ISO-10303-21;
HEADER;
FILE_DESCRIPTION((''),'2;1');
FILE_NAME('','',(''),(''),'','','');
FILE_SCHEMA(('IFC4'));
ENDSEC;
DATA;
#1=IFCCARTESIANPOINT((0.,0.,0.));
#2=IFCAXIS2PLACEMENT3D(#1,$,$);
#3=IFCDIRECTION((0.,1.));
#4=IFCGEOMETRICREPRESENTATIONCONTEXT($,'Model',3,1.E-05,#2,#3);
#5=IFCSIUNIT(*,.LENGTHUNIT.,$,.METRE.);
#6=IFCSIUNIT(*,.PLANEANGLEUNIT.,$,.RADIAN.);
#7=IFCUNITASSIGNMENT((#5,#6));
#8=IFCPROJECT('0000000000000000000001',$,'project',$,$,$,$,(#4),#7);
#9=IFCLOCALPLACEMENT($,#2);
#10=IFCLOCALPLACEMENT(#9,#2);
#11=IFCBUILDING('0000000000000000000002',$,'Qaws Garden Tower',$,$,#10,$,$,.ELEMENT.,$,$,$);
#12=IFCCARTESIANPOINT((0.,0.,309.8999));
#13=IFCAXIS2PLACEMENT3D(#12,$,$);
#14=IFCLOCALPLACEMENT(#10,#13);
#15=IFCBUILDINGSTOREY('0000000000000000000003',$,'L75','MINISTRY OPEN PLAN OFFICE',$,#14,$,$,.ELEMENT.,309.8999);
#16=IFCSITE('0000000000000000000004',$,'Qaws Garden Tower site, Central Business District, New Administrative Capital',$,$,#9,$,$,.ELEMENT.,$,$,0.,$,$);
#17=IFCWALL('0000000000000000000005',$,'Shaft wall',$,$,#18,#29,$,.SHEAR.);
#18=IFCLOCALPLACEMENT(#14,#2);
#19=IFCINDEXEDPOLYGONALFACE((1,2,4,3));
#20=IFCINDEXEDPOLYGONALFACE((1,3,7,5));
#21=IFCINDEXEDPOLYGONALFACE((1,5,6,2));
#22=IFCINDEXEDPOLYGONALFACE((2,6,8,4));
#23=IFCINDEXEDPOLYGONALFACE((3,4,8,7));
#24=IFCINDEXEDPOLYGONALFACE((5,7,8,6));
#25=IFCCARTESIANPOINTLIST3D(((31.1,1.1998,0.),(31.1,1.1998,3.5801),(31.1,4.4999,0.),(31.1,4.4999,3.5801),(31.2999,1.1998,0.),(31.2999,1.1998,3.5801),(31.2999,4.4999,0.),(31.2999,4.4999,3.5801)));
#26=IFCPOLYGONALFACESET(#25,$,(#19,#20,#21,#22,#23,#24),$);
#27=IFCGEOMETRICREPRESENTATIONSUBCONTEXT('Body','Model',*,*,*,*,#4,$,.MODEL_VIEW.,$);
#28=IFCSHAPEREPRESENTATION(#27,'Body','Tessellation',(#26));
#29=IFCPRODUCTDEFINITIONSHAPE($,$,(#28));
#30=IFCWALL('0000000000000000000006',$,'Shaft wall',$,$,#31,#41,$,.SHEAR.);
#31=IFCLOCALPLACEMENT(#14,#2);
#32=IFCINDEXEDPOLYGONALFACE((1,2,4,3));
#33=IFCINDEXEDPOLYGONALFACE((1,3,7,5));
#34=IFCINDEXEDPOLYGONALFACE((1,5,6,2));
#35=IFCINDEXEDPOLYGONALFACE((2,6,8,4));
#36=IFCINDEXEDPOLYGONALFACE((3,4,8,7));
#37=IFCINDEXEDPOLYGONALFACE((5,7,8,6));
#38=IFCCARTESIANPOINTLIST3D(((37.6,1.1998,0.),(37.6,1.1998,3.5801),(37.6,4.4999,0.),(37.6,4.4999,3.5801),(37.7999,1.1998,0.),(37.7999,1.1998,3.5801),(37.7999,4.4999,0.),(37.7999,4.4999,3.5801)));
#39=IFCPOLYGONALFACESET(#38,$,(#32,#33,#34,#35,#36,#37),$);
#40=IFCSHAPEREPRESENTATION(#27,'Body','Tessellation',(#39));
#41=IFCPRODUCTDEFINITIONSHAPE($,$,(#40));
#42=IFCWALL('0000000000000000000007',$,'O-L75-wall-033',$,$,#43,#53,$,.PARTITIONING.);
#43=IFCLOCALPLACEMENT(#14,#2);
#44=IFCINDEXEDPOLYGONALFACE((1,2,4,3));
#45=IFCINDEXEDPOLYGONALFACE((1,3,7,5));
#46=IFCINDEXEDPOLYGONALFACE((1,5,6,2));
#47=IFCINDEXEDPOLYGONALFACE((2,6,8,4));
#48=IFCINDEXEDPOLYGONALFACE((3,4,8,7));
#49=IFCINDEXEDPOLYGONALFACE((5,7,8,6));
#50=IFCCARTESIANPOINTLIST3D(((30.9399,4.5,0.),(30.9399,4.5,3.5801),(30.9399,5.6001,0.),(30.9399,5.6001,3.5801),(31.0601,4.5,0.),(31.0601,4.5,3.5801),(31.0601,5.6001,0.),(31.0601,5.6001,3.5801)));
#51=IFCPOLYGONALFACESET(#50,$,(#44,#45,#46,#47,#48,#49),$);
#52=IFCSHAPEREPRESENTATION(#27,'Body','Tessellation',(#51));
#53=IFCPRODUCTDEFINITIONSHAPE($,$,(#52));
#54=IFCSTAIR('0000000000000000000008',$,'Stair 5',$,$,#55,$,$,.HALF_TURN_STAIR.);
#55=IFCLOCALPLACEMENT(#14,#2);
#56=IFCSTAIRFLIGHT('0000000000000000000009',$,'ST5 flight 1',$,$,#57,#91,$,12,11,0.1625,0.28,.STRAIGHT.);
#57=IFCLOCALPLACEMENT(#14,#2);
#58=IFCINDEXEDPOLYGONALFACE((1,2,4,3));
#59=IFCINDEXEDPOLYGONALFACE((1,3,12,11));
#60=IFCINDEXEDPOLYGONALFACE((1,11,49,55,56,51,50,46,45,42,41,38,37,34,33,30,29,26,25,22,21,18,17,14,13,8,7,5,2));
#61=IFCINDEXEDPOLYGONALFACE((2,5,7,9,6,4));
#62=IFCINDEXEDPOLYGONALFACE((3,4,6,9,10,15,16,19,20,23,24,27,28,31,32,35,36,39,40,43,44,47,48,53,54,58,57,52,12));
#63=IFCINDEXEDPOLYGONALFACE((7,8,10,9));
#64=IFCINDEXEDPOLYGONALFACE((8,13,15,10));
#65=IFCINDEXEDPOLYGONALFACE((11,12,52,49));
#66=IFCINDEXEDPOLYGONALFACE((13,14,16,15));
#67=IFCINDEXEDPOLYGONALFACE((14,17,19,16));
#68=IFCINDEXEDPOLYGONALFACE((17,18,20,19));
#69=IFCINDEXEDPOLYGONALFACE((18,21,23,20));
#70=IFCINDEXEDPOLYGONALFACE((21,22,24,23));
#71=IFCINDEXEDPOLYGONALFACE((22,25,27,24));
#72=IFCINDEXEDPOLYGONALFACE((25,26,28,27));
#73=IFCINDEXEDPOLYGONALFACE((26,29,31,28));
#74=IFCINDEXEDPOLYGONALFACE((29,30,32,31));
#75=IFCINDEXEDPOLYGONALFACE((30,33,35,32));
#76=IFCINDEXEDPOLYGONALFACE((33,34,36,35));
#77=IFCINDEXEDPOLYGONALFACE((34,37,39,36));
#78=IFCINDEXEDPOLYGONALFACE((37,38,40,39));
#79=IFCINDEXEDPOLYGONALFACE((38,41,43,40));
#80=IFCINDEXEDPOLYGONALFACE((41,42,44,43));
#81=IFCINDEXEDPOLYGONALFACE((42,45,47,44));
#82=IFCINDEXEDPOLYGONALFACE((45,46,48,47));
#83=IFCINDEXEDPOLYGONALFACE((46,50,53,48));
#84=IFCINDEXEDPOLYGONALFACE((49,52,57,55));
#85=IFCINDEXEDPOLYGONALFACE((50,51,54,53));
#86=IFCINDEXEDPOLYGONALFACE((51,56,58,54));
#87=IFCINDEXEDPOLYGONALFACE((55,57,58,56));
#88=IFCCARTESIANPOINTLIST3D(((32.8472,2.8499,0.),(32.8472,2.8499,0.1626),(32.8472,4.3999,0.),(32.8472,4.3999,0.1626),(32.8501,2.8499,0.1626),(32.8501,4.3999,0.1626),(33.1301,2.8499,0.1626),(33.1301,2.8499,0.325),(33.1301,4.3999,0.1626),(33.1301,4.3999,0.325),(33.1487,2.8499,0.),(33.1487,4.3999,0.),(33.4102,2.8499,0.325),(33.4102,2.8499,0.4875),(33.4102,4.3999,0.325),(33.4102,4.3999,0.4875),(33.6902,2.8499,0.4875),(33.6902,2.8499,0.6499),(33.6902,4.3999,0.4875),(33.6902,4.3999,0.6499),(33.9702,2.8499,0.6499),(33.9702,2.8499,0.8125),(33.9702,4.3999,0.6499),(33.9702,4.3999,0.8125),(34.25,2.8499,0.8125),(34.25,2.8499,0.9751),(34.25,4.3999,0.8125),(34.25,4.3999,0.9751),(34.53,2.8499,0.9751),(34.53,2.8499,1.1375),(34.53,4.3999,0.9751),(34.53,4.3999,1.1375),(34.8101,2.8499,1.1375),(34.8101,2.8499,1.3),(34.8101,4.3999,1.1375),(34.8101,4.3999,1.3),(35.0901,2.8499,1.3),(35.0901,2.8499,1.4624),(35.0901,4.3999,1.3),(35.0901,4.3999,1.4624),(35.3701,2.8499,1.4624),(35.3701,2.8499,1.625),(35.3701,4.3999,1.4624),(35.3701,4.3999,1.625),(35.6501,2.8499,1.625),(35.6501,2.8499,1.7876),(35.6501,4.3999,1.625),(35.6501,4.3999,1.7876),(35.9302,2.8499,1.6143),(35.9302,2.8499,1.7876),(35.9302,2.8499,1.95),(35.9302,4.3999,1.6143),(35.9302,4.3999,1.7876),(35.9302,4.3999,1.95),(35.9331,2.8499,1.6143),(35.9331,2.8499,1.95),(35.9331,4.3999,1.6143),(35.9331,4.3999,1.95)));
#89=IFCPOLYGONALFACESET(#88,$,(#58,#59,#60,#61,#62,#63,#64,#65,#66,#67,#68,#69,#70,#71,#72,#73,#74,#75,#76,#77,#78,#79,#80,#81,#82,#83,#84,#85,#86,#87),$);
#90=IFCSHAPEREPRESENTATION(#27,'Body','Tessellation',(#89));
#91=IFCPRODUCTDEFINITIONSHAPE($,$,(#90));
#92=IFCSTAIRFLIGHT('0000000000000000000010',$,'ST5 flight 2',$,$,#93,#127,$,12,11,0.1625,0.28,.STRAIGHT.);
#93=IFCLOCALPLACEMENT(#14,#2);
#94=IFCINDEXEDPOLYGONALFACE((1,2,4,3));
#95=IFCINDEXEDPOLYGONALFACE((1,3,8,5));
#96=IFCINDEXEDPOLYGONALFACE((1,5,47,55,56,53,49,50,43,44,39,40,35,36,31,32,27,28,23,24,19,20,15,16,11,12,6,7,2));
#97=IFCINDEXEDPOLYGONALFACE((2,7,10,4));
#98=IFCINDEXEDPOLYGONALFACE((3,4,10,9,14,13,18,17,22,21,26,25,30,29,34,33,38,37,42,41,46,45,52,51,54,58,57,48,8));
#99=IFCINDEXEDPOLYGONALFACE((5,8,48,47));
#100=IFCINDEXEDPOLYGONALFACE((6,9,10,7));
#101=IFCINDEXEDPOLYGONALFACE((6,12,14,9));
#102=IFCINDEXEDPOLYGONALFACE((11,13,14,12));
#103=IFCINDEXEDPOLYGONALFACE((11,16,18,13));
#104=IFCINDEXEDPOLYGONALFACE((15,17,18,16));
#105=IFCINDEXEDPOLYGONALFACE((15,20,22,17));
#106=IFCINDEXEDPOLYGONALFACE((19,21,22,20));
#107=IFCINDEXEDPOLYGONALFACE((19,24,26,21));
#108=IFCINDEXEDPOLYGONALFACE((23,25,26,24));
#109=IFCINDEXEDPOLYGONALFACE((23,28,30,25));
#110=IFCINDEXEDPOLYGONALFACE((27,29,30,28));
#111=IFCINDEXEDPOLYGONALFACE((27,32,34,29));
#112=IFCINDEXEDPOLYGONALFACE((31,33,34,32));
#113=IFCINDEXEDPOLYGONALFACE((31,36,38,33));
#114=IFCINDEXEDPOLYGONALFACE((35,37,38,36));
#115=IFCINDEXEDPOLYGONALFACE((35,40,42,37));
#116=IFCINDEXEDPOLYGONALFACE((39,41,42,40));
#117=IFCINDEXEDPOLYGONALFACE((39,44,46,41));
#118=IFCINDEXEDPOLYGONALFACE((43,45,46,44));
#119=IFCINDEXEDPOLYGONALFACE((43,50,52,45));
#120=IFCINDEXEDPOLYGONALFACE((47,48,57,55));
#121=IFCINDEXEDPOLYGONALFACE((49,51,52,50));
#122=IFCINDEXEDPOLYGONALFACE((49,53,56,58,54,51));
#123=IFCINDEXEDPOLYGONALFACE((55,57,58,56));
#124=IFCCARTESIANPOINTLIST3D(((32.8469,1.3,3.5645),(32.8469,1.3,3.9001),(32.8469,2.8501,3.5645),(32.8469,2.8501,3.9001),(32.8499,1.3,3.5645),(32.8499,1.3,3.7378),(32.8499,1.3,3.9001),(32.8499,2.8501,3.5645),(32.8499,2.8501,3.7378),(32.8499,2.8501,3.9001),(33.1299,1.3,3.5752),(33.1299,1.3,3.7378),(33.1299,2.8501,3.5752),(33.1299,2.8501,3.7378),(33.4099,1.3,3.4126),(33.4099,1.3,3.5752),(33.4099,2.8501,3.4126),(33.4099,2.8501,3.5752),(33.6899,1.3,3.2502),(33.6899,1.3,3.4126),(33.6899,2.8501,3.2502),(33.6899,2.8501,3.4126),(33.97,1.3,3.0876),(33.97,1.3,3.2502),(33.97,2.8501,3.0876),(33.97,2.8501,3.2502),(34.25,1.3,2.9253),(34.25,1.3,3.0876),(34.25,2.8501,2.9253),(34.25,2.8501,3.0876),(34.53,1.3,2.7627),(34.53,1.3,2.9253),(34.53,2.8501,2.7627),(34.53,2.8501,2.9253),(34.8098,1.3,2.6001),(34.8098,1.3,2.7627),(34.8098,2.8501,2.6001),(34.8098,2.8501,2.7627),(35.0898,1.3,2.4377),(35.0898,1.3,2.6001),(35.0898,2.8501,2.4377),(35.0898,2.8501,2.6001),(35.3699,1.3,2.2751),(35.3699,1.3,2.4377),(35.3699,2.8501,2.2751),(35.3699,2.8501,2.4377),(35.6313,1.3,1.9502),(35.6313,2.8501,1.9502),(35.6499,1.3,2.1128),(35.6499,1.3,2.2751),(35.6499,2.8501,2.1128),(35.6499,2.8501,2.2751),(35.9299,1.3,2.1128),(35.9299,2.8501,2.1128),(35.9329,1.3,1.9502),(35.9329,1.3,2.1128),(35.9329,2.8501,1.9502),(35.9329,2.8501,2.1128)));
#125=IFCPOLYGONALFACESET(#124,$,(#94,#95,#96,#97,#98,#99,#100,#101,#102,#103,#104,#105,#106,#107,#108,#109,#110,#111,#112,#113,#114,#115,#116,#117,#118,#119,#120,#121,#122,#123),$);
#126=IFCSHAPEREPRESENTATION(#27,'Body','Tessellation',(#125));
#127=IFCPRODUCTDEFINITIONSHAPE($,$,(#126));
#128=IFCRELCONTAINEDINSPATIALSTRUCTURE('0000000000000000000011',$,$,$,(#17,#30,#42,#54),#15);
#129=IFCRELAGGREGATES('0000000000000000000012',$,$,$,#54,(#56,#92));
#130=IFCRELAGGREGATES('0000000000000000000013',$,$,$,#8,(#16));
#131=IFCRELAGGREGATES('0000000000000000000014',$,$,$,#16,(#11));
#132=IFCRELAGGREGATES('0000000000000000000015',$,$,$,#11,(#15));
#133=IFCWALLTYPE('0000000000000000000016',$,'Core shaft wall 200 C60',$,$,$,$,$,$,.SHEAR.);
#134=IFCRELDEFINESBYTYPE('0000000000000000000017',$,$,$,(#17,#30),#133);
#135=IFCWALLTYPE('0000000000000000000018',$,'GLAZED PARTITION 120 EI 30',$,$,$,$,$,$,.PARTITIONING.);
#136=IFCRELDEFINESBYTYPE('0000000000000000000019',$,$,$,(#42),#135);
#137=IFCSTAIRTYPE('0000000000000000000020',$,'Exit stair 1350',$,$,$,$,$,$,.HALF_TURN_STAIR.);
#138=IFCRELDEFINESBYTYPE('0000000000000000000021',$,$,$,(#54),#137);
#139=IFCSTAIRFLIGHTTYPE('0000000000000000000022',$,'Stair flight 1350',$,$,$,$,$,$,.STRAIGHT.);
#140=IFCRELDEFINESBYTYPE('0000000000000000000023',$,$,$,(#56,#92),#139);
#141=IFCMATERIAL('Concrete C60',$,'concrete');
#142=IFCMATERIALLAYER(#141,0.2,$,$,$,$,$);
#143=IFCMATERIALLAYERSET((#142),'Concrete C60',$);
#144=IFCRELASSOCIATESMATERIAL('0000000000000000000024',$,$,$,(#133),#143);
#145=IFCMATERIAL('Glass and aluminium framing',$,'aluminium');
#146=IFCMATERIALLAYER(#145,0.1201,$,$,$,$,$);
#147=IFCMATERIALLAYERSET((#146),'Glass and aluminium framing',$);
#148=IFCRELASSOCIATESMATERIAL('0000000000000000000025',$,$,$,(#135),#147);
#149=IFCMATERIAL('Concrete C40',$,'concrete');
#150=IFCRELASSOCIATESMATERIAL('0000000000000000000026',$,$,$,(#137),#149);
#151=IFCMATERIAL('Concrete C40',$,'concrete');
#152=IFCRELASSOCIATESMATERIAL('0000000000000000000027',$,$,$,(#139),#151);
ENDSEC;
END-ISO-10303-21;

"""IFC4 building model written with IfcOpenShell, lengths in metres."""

from ifc_helpers import new_model, si_unit, direction, frame, frame_2d, origin, place, context, subcontext, project, spatial, polyline, rectangle, outline, extrude, material, layer, layer_set, type_object, element, aggregate, save


model = new_model("IFC4")

# Units and contexts
model_context = context("Model", 3, precision=1e-05, world=origin(), true_north=direction((0.0, 1.0)))
body_context = subcontext(model_context, "Body", "Model", "MODEL_VIEW")
ifc_project = project(units=[si_unit("LENGTHUNIT", "METRE"), si_unit("PLANEANGLEUNIT", "RADIAN")], contexts=[model_context])

# Site, building, storey
site_placement = place(None, origin())
site = spatial("IfcSite", under=ifc_project, at=site_placement, Name="Qaws Garden Tower site, Central Business District, New Administrative Capital", CompositionType="ELEMENT", RefElevation=0.0)
building_placement = place(site_placement, origin())
building = spatial("IfcBuilding", under=site, at=building_placement, Name="Qaws Garden Tower", CompositionType="ELEMENT")
storey_placement = place(building_placement, frame((0.0, 0.0, 309.8999)))
storey = spatial("IfcBuildingStorey", under=building, at=storey_placement, Name="L75", Description="MINISTRY OPEN PLAN OFFICE", CompositionType="ELEMENT", Elevation=309.8999)

# Shared definitions
ifc_material_1 = material(Name="Concrete C60", Category="concrete")
ifc_layer_1 = layer(ifc_material_1, 0.2)
ifc_layer_set_1 = layer_set([ifc_layer_1], Name="Concrete C60")
wall_type_1 = type_object("IfcWallType", Name="Core shaft wall 200 C60", PredefinedType="SHEAR", material=ifc_layer_set_1)

# Walls
for number, where, z_axis, x_axis, name in (
    (1, (31.2, 1.2, 0.0), (0.0, 0.0, 1.0), (0.0, 1.0, 0.0), "Shaft wall"),
    (2, (37.7, 1.2, 0.0), (0.0, 0.0, 1.0), (0.0, 1.0, 0.0), "Shaft wall"),
):
    element("IfcWall", number, at=place(storey_placement, frame(where, z_axis=z_axis, x_axis=x_axis)), inside=storey, type_object=wall_type_1, Name=name, PredefinedType="SHEAR", context=body_context, shape_type="SweptSolid", body=[
        extrude(rectangle(XDim=3.3, YDim=0.2, at=frame_2d((1.6499, 0.0))), origin(), (0.0, 0.0, 1.0), 3.5801),
    ])
ifc_material_2 = material(Name="Glass and aluminium framing", Category="aluminium")
ifc_layer_2 = layer(ifc_material_2, 0.1201)
ifc_layer_set_2 = layer_set([ifc_layer_2], Name="Glass and aluminium framing")
wall_type_2 = type_object("IfcWallType", Name="GLAZED PARTITION 120 EI 30", PredefinedType="PARTITIONING", material=ifc_layer_set_2)
wall_1_placement = place(storey_placement, frame((31.0, 4.5, 0.0), z_axis=(0.0, 0.0, 1.0), x_axis=(0.0, 1.0, 0.0)))
element("IfcWall", 3, at=wall_1_placement, inside=storey, type_object=wall_type_2, Name="O-L75-wall-033", PredefinedType="PARTITIONING", context=body_context, shape_type="SweptSolid", body=[
    extrude(rectangle(XDim=1.1001, YDim=0.1201, at=frame_2d((0.55, 0.0))), origin(), (0.0, 0.0, 1.0), 3.5801),
])

# Stair, stair flights
ifc_material_3 = material(Name="Concrete C40", Category="concrete")
stair_type = type_object("IfcStairType", Name="Exit stair 1350", PredefinedType="HALF_TURN_STAIR", material=ifc_material_3)
stair_placement = place(storey_placement, origin())
stair = element("IfcStair", 4, at=stair_placement, inside=storey, type_object=stair_type, Name="Stair 5", PredefinedType="HALF_TURN_STAIR")
ifc_material_4 = material(Name="Concrete C40", Category="concrete")
stair_flight_type = type_object("IfcStairFlightType", Name="Stair flight 1350", PredefinedType="STRAIGHT", material=ifc_material_4)
stair_flight_1_placement = place(storey_placement, frame((32.8501, 3.625, 0.0), z_axis=(0.0, 0.0, 1.0), x_axis=(1.0, 0.0, 0.0)))
stair_flight_1 = element("IfcStairFlight", 5, at=stair_flight_1_placement, type_object=stair_flight_type, Name="ST5 flight 1", NumberOfRisers=12, NumberOfTreads=11, PredefinedType="STRAIGHT", RiserHeight=0.1625, TreadLength=0.28, context=body_context, shape_type="SweptSolid", body=[
    extrude(outline(polyline([(-0.0029, 0.0), (-0.0029, 0.1626), (0.0, 0.1626), (0.28, 0.1626), (0.28, 0.325), (0.5601, 0.325), (0.5601, 0.4875), (0.8401, 0.4875), (0.8401, 0.6499), (1.1201, 0.6499), (1.1201, 0.8125), (1.3999, 0.8125), (1.3999, 0.9751), (1.6799, 0.9751), (1.6799, 1.1375), (1.96, 1.1375), (1.96, 1.3), (2.24, 1.3), (2.24, 1.4624), (2.52, 1.4624), (2.52, 1.625), (2.8, 1.625), (2.8, 1.7876), (3.0801, 1.7876), (3.0801, 1.95), (3.083, 1.95), (3.083, 1.6143), (3.0801, 1.6143), (0.2986, 0.0), (-0.0029, 0.0)])), frame((0.0, 0.7749, 0.0), z_axis=(0.0, -1.0, 0.0), x_axis=(1.0, 0.0, 0.0)), (0.0, 0.0, 1.0), 1.55),
])
stair_flight_2_placement = place(storey_placement, frame((35.9299, 2.075, 1.9502), z_axis=(0.0, 0.0, 1.0), x_axis=(-1.0, 0.0, 0.0)))
stair_flight_2 = element("IfcStairFlight", 6, at=stair_flight_2_placement, type_object=stair_flight_type, Name="ST5 flight 2", NumberOfRisers=12, NumberOfTreads=11, PredefinedType="STRAIGHT", RiserHeight=0.1625, TreadLength=0.28, context=body_context, shape_type="SweptSolid", body=[
    extrude(outline(polyline([(-0.0029, 0.0), (-0.0029, 0.1626), (0.0, 0.1626), (0.28, 0.1626), (0.28, 0.325), (0.5601, 0.325), (0.5601, 0.4875), (0.8401, 0.4875), (0.8401, 0.6499), (1.1201, 0.6499), (1.1201, 0.8125), (1.3999, 0.8125), (1.3999, 0.9751), (1.6799, 0.9751), (1.6799, 1.1375), (1.96, 1.1375), (1.96, 1.3), (2.24, 1.3), (2.24, 1.4624), (2.52, 1.4624), (2.52, 1.625), (2.8, 1.625), (2.8, 1.7876), (3.0801, 1.7876), (3.0801, 1.95), (3.083, 1.95), (3.083, 1.6143), (3.0801, 1.6143), (0.2986, 0.0), (-0.0029, 0.0)])), frame((0.0, 0.7749, 0.0), z_axis=(0.0, -1.0, 0.0), x_axis=(1.0, 0.0, 0.0)), (0.0, 0.0, 1.0), 1.55),
])
aggregate(stair, [stair_flight_1, stair_flight_2])

save(model, "model.ifc")
